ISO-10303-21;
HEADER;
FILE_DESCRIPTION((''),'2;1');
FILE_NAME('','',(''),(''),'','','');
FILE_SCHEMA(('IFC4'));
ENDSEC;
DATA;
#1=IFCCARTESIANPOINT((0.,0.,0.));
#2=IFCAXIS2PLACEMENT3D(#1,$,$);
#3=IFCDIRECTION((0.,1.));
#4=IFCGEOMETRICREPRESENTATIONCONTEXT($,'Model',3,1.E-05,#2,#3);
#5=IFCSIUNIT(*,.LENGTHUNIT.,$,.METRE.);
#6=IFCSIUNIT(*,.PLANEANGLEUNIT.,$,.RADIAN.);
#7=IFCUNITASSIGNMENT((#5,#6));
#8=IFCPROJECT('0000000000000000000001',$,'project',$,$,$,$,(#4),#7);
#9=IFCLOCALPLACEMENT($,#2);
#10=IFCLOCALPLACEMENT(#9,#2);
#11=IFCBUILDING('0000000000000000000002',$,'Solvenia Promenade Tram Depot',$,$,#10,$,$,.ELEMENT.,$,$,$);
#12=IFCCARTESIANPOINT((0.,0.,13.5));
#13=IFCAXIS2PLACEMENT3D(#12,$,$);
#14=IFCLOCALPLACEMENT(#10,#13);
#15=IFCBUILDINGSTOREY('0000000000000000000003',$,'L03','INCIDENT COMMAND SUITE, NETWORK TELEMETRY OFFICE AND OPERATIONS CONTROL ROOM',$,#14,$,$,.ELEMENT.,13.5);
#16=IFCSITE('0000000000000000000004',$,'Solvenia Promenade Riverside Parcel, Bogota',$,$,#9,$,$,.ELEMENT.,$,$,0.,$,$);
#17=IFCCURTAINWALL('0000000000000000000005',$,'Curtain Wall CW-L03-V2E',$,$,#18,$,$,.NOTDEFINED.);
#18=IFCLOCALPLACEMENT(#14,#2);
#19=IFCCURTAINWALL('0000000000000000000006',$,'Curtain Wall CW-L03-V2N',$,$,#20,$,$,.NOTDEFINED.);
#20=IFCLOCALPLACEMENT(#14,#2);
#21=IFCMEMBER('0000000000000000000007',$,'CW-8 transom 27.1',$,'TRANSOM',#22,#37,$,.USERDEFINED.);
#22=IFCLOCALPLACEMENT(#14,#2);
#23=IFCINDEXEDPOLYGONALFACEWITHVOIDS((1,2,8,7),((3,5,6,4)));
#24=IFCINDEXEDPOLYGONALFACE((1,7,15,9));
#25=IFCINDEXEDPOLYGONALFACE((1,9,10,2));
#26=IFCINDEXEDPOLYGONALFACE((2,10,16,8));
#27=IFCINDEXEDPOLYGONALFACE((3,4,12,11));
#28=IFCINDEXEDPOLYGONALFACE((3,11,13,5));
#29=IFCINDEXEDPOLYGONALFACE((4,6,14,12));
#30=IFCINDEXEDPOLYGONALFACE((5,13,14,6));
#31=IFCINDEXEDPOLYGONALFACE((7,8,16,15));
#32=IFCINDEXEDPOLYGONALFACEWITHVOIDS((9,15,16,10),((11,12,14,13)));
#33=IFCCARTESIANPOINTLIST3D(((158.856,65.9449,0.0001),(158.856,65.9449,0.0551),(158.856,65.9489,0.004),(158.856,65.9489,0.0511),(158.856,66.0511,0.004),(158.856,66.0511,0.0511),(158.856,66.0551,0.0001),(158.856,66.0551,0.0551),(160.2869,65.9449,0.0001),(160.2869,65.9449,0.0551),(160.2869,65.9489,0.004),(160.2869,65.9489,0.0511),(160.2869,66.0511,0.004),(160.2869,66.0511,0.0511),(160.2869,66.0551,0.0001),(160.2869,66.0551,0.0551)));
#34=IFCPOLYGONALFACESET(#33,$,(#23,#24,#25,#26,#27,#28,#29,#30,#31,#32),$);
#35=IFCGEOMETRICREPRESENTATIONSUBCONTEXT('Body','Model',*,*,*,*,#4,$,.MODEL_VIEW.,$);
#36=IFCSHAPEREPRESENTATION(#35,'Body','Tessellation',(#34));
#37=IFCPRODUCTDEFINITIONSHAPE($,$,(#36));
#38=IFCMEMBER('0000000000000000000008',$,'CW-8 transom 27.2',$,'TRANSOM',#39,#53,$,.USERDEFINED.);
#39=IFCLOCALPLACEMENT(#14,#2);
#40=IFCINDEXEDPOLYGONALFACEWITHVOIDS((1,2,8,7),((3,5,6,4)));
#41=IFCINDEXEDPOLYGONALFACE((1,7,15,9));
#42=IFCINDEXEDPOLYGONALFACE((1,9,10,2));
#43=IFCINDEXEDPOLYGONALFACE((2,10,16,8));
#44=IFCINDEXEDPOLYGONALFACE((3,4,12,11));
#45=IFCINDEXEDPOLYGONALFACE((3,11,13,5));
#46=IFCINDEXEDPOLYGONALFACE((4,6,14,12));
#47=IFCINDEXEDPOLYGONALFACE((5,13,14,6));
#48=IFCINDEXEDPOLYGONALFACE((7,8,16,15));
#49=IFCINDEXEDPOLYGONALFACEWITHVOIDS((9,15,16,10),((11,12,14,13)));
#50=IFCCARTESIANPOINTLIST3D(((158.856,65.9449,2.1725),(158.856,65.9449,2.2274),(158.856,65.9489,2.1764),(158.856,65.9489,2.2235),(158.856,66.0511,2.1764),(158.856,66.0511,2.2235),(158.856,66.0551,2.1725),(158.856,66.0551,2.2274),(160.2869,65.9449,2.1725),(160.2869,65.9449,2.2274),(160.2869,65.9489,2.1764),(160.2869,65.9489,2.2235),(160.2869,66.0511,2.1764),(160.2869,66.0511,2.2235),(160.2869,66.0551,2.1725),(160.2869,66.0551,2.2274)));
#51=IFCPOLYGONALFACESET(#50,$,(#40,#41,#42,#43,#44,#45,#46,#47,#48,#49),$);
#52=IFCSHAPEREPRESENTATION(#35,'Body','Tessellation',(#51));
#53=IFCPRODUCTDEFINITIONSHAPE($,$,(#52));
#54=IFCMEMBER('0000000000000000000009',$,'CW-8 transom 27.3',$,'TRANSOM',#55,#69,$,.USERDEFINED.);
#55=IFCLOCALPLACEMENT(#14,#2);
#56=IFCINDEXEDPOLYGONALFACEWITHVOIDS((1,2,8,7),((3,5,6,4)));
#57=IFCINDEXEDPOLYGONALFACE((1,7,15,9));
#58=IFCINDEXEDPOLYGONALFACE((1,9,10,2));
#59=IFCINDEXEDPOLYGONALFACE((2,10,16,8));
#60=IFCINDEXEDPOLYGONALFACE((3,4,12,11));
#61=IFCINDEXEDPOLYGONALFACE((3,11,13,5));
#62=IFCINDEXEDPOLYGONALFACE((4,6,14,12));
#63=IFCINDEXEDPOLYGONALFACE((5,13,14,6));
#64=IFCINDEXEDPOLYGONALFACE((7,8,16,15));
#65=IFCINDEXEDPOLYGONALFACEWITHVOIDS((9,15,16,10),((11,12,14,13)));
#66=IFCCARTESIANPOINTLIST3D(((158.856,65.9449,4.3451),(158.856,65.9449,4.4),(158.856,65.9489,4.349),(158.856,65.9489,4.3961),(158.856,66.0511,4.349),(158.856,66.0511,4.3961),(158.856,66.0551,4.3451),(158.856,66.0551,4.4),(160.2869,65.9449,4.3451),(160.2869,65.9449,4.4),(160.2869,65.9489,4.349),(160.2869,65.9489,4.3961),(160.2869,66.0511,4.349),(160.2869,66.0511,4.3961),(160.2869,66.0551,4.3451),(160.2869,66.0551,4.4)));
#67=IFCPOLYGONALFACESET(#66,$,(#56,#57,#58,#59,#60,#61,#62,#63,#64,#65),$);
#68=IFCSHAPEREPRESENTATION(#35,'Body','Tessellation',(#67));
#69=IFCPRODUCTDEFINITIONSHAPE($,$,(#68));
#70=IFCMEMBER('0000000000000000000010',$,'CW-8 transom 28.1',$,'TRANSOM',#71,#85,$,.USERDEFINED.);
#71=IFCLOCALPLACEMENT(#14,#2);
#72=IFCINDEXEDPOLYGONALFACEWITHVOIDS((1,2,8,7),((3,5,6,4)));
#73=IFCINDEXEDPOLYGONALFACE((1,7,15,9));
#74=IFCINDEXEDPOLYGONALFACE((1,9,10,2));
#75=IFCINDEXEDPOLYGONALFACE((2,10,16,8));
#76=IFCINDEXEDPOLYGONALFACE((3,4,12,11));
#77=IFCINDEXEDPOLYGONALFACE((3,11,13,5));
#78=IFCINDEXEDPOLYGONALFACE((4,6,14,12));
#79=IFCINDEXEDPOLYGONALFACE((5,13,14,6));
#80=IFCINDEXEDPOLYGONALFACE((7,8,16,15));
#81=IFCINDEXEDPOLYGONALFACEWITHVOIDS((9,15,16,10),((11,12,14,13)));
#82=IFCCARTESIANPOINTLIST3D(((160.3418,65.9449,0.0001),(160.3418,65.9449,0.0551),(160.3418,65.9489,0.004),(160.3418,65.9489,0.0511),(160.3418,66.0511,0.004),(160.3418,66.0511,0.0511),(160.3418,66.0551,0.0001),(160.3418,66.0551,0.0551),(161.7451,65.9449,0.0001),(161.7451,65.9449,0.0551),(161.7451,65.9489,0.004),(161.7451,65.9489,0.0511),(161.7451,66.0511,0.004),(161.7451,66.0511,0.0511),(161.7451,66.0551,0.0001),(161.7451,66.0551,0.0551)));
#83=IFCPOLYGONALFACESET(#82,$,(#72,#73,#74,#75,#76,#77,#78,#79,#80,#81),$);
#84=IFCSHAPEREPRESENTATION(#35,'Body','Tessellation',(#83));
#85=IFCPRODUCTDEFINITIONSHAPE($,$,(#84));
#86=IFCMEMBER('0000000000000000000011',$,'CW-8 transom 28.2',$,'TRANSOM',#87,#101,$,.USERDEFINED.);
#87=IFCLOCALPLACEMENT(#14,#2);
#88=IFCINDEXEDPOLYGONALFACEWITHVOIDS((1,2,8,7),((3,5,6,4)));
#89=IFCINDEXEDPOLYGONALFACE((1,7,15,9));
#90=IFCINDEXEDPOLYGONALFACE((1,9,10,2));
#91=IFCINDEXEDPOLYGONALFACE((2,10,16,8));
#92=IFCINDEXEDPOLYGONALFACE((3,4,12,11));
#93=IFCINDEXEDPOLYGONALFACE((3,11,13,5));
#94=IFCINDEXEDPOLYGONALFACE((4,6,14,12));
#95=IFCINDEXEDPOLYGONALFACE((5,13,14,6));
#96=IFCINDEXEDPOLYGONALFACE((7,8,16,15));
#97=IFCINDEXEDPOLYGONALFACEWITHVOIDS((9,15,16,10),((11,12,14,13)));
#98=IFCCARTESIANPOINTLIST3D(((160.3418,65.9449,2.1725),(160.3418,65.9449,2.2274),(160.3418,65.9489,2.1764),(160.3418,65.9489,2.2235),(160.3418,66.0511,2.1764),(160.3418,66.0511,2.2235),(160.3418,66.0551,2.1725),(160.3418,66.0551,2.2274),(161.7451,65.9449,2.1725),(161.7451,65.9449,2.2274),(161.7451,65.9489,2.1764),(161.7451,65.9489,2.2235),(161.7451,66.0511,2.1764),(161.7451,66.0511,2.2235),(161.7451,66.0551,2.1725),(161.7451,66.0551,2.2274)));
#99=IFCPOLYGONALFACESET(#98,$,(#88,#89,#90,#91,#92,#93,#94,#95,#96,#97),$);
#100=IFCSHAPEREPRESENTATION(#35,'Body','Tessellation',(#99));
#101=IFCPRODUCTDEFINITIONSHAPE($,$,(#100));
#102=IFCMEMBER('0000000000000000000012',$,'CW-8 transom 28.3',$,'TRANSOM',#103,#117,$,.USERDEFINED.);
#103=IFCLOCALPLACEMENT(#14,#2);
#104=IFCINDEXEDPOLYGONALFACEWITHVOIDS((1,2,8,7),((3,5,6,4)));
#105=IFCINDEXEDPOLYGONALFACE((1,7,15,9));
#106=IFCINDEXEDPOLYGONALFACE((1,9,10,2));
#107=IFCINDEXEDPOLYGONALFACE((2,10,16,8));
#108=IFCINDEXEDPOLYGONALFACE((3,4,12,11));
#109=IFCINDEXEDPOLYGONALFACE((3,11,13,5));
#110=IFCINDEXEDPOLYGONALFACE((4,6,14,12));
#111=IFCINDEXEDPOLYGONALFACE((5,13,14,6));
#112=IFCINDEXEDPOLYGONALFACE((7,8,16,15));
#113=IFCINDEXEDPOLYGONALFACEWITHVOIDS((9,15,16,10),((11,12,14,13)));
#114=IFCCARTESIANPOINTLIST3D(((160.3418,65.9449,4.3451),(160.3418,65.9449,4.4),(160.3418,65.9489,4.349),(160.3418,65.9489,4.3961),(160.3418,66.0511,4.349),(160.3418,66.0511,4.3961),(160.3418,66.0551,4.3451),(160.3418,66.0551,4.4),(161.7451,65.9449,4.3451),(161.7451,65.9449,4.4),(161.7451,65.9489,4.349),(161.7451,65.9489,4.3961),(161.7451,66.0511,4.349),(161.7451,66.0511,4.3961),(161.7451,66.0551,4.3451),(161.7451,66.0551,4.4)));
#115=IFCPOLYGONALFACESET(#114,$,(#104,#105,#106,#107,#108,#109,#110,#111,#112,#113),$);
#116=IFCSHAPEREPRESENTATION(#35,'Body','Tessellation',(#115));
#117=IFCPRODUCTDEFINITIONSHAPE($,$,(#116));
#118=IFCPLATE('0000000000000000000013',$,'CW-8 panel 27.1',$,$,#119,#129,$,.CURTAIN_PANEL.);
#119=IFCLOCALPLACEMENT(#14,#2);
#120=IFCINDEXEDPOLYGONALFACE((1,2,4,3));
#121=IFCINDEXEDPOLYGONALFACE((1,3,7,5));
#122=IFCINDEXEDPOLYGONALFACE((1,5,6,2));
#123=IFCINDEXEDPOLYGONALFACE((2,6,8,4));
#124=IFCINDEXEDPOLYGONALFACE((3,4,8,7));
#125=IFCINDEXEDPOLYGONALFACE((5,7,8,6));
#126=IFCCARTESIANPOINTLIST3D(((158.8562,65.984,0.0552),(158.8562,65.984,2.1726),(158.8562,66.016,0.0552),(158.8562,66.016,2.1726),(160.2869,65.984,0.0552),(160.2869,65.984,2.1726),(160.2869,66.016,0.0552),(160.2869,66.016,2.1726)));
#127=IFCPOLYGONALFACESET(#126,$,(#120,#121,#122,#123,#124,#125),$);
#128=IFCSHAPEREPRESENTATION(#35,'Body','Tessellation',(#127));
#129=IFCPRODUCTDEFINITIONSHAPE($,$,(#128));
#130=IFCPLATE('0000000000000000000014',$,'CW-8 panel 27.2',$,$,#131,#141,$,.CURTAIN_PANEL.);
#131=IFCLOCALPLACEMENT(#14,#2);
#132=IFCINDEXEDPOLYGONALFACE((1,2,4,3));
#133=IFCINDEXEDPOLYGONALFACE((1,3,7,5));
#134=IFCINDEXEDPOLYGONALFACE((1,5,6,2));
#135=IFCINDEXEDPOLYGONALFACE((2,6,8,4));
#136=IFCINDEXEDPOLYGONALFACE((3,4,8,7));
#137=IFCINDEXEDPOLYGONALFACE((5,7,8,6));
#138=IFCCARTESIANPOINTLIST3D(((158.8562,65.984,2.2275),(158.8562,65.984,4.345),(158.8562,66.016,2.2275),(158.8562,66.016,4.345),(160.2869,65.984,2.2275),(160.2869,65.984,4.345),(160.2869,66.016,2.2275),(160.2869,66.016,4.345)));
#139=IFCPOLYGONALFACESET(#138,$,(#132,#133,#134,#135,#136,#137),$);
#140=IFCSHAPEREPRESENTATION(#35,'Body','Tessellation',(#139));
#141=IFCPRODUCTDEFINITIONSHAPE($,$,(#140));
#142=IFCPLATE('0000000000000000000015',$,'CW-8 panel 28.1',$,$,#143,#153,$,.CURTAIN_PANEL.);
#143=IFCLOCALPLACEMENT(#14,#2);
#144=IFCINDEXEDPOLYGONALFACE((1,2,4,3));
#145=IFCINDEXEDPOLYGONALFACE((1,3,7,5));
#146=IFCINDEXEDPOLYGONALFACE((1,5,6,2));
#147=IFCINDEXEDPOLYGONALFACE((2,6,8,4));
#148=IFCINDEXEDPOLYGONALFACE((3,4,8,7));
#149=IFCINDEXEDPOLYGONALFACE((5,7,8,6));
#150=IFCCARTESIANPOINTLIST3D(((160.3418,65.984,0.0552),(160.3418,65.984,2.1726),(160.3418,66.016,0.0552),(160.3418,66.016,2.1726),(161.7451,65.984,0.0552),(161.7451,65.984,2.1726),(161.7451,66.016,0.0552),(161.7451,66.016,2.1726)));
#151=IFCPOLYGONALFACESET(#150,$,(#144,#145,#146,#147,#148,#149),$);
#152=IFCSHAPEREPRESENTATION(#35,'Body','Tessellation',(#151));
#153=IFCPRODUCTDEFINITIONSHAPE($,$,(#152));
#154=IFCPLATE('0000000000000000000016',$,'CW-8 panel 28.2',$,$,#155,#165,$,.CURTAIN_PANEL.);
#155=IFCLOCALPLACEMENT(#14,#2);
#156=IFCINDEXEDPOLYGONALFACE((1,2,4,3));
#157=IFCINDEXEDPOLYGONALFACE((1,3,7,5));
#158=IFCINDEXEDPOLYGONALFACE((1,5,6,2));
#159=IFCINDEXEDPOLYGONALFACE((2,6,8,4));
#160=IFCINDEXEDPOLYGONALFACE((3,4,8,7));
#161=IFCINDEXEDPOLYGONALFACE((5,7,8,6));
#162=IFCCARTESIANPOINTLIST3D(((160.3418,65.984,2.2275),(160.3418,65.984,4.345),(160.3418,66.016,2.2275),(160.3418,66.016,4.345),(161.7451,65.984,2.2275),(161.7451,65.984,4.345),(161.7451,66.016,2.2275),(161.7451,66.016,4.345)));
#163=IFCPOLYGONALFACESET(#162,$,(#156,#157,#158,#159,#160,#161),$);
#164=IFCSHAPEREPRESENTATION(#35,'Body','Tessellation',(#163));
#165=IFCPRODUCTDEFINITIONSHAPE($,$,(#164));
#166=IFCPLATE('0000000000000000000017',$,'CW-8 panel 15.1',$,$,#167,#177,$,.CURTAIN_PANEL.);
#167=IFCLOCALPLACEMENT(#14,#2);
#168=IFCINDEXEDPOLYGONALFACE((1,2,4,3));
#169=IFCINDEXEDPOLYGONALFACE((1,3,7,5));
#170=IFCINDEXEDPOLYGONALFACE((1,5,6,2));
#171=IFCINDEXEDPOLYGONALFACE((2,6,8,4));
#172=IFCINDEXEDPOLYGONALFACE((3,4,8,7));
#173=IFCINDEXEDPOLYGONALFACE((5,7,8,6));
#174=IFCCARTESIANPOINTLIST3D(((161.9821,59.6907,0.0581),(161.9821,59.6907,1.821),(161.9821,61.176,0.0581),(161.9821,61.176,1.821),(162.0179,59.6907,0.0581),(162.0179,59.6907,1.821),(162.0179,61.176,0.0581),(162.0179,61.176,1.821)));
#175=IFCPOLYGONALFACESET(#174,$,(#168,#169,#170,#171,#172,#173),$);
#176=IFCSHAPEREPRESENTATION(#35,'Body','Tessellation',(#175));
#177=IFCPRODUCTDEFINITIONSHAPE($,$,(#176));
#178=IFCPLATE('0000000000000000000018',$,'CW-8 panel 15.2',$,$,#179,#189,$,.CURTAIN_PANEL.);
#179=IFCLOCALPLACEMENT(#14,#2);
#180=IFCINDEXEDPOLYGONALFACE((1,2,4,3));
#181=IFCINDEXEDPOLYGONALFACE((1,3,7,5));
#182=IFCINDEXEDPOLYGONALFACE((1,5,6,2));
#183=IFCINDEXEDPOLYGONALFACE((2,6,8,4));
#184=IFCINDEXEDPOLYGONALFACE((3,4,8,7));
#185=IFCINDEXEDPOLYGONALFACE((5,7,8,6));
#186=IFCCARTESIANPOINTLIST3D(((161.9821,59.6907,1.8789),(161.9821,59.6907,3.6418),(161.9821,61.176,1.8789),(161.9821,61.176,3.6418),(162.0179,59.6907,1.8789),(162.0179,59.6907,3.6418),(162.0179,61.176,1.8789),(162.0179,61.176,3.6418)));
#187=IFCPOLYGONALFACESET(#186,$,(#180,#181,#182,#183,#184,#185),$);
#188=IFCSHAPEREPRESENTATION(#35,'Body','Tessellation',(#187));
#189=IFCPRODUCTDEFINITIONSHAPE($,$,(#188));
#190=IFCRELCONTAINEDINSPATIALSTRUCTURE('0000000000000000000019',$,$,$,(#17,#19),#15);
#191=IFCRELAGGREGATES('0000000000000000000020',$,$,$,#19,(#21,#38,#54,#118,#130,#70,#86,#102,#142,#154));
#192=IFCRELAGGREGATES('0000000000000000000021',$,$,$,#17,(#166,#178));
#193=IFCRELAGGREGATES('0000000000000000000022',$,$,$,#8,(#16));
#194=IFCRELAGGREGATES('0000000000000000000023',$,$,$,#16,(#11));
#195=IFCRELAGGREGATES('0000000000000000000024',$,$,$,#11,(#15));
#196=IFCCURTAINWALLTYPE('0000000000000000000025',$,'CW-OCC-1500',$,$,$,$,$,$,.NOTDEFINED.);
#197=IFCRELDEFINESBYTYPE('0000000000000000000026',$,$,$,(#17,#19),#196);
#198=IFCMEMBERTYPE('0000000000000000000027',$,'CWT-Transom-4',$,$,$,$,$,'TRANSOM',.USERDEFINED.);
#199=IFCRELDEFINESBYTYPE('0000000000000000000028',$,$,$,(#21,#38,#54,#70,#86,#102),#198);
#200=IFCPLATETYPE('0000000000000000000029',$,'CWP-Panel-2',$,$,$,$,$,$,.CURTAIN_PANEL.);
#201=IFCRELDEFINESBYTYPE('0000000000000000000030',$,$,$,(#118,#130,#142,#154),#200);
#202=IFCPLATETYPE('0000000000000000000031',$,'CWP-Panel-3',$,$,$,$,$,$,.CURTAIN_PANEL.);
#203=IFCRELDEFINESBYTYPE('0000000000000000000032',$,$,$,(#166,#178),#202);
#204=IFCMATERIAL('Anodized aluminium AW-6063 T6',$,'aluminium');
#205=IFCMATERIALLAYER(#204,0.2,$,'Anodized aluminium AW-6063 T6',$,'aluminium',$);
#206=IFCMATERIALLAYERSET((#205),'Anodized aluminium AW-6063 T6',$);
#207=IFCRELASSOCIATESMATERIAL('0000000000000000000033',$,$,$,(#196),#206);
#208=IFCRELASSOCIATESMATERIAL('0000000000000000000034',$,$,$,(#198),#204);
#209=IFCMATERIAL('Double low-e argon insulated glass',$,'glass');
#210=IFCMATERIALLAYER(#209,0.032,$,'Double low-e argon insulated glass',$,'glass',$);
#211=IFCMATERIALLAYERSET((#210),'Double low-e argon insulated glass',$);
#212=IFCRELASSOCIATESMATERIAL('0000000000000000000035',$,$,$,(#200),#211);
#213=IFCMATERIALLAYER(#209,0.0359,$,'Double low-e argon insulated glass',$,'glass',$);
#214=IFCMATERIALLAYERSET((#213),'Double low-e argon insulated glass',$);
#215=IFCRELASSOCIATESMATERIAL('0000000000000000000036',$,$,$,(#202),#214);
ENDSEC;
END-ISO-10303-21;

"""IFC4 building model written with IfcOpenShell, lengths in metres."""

from ifc_helpers import new_model, si_unit, direction, frame, origin, origin_2d, place, context, subcontext, project, spatial, rectangle, hollow_rectangle, extrude, material, layer, layer_set, material_profile, profile_set, type_object, element, aggregate, save


model = new_model("IFC4")

# Units and contexts
model_context = context("Model", 3, precision=1e-05, world=origin(), true_north=direction((0.0, 1.0)))
body_context = subcontext(model_context, "Body", "Model", "MODEL_VIEW")
ifc_project = project(units=[si_unit("LENGTHUNIT", "METRE"), si_unit("PLANEANGLEUNIT", "RADIAN")], contexts=[model_context])

# Site, building, storey
site_placement = place(None, origin())
site = spatial("IfcSite", under=ifc_project, at=site_placement, Name="Solvenia Promenade Riverside Parcel, Bogota", CompositionType="ELEMENT", RefElevation=0.0)
building_placement = place(site_placement, origin())
building = spatial("IfcBuilding", under=site, at=building_placement, Name="Solvenia Promenade Tram Depot", CompositionType="ELEMENT")
storey_placement = place(building_placement, frame((0.0, 0.0, 13.5)))
storey = spatial("IfcBuildingStorey", under=building, at=storey_placement, Name="L03", Description="INCIDENT COMMAND SUITE, NETWORK TELEMETRY OFFICE AND OPERATIONS CONTROL ROOM", CompositionType="ELEMENT", Elevation=13.5)

# Curtain walls
ifc_material_1 = material(Name="Anodized aluminium AW-6063 T6", Category="aluminium")
ifc_layer_1 = layer(ifc_material_1, 0.2, Name="Anodized aluminium AW-6063 T6", Category="aluminium")
ifc_layer_set_1 = layer_set([ifc_layer_1], Name="Anodized aluminium AW-6063 T6")
curtain_wall_type = type_object("IfcCurtainWallType", Name="CW-OCC-1500", PredefinedType="NOTDEFINED", material=ifc_layer_set_1)
curtain_wall_1_placement = place(storey_placement, origin())
curtain_wall_1 = element("IfcCurtainWall", 1, at=curtain_wall_1_placement, inside=storey, type_object=curtain_wall_type, Name="Curtain Wall CW-L03-V2E", PredefinedType="NOTDEFINED")
curtain_wall_2_placement = place(storey_placement, origin())
curtain_wall_2 = element("IfcCurtainWall", 2, at=curtain_wall_2_placement, inside=storey, type_object=curtain_wall_type, Name="Curtain Wall CW-L03-V2N", PredefinedType="NOTDEFINED")

# Members
ifc_material_profile_1 = material_profile(ifc_material_1, hollow_rectangle(XDim=0.1101, YDim=0.0549, WallThickness=0.0039, at=origin_2d()), Name="ALU-T4", Category="aluminium")
ifc_profile_set_1 = profile_set([ifc_material_profile_1], Name="Anodized aluminium AW-6063 T6")
member_type_1 = type_object("IfcMemberType", Name="CWT-Transom-4", ElementType="TRANSOM", PredefinedType="USERDEFINED", material=ifc_profile_set_1)
member_1_placement = place(storey_placement, frame((158.856, 66.0, 0.0276), z_axis=(1.0, 0.0, 0.0), x_axis=(0.0, 1.0, 0.0)))
member_1 = element("IfcMember", 3, at=member_1_placement, type_object=member_type_1, Name="CW-8 transom 27.1", ObjectType="TRANSOM", PredefinedType="USERDEFINED", context=body_context, shape_type="SweptSolid", body=[
    extrude(hollow_rectangle(XDim=0.1101, YDim=0.0549, WallThickness=0.0039, at=origin_2d()), origin(), (0.0, 0.0, 1.0), 1.4309),
])
member_2_placement = place(storey_placement, frame((158.856, 66.0, 2.2), z_axis=(1.0, 0.0, 0.0), x_axis=(0.0, 1.0, 0.0)))
member_2 = element("IfcMember", 4, at=member_2_placement, type_object=member_type_1, Name="CW-8 transom 27.2", ObjectType="TRANSOM", PredefinedType="USERDEFINED", context=body_context, shape_type="SweptSolid", body=[
    extrude(hollow_rectangle(XDim=0.1101, YDim=0.0549, WallThickness=0.0039, at=origin_2d()), origin(), (0.0, 0.0, 1.0), 1.4309),
])
member_3_placement = place(storey_placement, frame((158.856, 66.0, 4.3726), z_axis=(1.0, 0.0, 0.0), x_axis=(0.0, 1.0, 0.0)))
member_3 = element("IfcMember", 5, at=member_3_placement, type_object=member_type_1, Name="CW-8 transom 27.3", ObjectType="TRANSOM", PredefinedType="USERDEFINED", context=body_context, shape_type="SweptSolid", body=[
    extrude(hollow_rectangle(XDim=0.1101, YDim=0.0549, WallThickness=0.0039, at=origin_2d()), origin(), (0.0, 0.0, 1.0), 1.4309),
])
member_4_placement = place(storey_placement, frame((160.3418, 66.0, 0.0276), z_axis=(1.0, 0.0, 0.0), x_axis=(0.0, 1.0, 0.0)))
member_4 = element("IfcMember", 6, at=member_4_placement, type_object=member_type_1, Name="CW-8 transom 28.1", ObjectType="TRANSOM", PredefinedType="USERDEFINED", context=body_context, shape_type="SweptSolid", body=[
    extrude(hollow_rectangle(XDim=0.1101, YDim=0.0549, WallThickness=0.0039, at=origin_2d()), origin(), (0.0, 0.0, 1.0), 1.4033),
])
member_5_placement = place(storey_placement, frame((160.3418, 66.0, 2.2), z_axis=(1.0, 0.0, 0.0), x_axis=(0.0, 1.0, 0.0)))
member_5 = element("IfcMember", 7, at=member_5_placement, type_object=member_type_1, Name="CW-8 transom 28.2", ObjectType="TRANSOM", PredefinedType="USERDEFINED", context=body_context, shape_type="SweptSolid", body=[
    extrude(hollow_rectangle(XDim=0.1101, YDim=0.0549, WallThickness=0.0039, at=origin_2d()), origin(), (0.0, 0.0, 1.0), 1.4033),
])
member_6_placement = place(storey_placement, frame((160.3418, 66.0, 4.3726), z_axis=(1.0, 0.0, 0.0), x_axis=(0.0, 1.0, 0.0)))
member_6 = element("IfcMember", 8, at=member_6_placement, type_object=member_type_1, Name="CW-8 transom 28.3", ObjectType="TRANSOM", PredefinedType="USERDEFINED", context=body_context, shape_type="SweptSolid", body=[
    extrude(hollow_rectangle(XDim=0.1101, YDim=0.0549, WallThickness=0.0039, at=origin_2d()), origin(), (0.0, 0.0, 1.0), 1.4033),
])

# Plates
ifc_material_2 = material(Name="Double low-e argon insulated glass", Category="glass")
ifc_layer_2 = layer(ifc_material_2, 0.032, Name="Double low-e argon insulated glass", Category="glass")
ifc_layer_set_2 = layer_set([ifc_layer_2], Name="Double low-e argon insulated glass")
plate_type_1 = type_object("IfcPlateType", Name="CWP-Panel-2", PredefinedType="CURTAIN_PANEL", material=ifc_layer_set_2)
plate_1_placement = place(storey_placement, frame((159.5715, 66.0, 0.0552), z_axis=(0.0, 0.0, 1.0), x_axis=(1.0, 0.0, 0.0)))
plate_1 = element("IfcPlate", 9, at=plate_1_placement, type_object=plate_type_1, Name="CW-8 panel 27.1", PredefinedType="CURTAIN_PANEL", context=body_context, shape_type="SweptSolid", body=[
    extrude(rectangle(XDim=1.4307, YDim=0.032, at=origin_2d()), origin(), (0.0, 0.0, 1.0), 2.1174),
])
plate_2_placement = place(storey_placement, frame((159.5715, 66.0, 2.2275), z_axis=(0.0, 0.0, 1.0), x_axis=(1.0, 0.0, 0.0)))
plate_2 = element("IfcPlate", 10, at=plate_2_placement, type_object=plate_type_1, Name="CW-8 panel 27.2", PredefinedType="CURTAIN_PANEL", context=body_context, shape_type="SweptSolid", body=[
    extrude(rectangle(XDim=1.4307, YDim=0.032, at=origin_2d()), origin(), (0.0, 0.0, 1.0), 2.1174),
])
plate_3_placement = place(storey_placement, frame((161.0435, 66.0, 0.0552), z_axis=(0.0, 0.0, 1.0), x_axis=(1.0, 0.0, 0.0)))
plate_3 = element("IfcPlate", 11, at=plate_3_placement, type_object=plate_type_1, Name="CW-8 panel 28.1", PredefinedType="CURTAIN_PANEL", context=body_context, shape_type="SweptSolid", body=[
    extrude(rectangle(XDim=1.4033, YDim=0.032, at=origin_2d()), origin(), (0.0, 0.0, 1.0), 2.1174),
])
plate_4_placement = place(storey_placement, frame((161.0435, 66.0, 2.2275), z_axis=(0.0, 0.0, 1.0), x_axis=(1.0, 0.0, 0.0)))
plate_4 = element("IfcPlate", 12, at=plate_4_placement, type_object=plate_type_1, Name="CW-8 panel 28.2", PredefinedType="CURTAIN_PANEL", context=body_context, shape_type="SweptSolid", body=[
    extrude(rectangle(XDim=1.4033, YDim=0.032, at=origin_2d()), origin(), (0.0, 0.0, 1.0), 2.1174),
])
aggregate(curtain_wall_2, [member_1, member_2, member_3, plate_1, plate_2, member_4, member_5, member_6, plate_3, plate_4])
ifc_layer_3 = layer(ifc_material_2, 0.0359, Name="Double low-e argon insulated glass", Category="glass")
ifc_layer_set_3 = layer_set([ifc_layer_3], Name="Double low-e argon insulated glass")
plate_type_2 = type_object("IfcPlateType", Name="CWP-Panel-3", PredefinedType="CURTAIN_PANEL", material=ifc_layer_set_3)
plate_5_placement = place(storey_placement, frame((162.0, 60.4333, 0.0581), z_axis=(0.0, 0.0, 1.0), x_axis=(0.0, 1.0, 0.0)))
plate_5 = element("IfcPlate", 13, at=plate_5_placement, type_object=plate_type_2, Name="CW-8 panel 15.1", PredefinedType="CURTAIN_PANEL", context=body_context, shape_type="SweptSolid", body=[
    extrude(rectangle(XDim=1.4854, YDim=0.0359, at=origin_2d()), origin(), (0.0, 0.0, 1.0), 1.7629),
])
plate_6_placement = place(storey_placement, frame((162.0, 60.4333, 1.8789), z_axis=(0.0, 0.0, 1.0), x_axis=(0.0, 1.0, 0.0)))
plate_6 = element("IfcPlate", 14, at=plate_6_placement, type_object=plate_type_2, Name="CW-8 panel 15.2", PredefinedType="CURTAIN_PANEL", context=body_context, shape_type="SweptSolid", body=[
    extrude(rectangle(XDim=1.4854, YDim=0.0359, at=origin_2d()), origin(), (0.0, 0.0, 1.0), 1.7629),
])
aggregate(curtain_wall_1, [plate_5, plate_6])

save(model, "model.ifc")
